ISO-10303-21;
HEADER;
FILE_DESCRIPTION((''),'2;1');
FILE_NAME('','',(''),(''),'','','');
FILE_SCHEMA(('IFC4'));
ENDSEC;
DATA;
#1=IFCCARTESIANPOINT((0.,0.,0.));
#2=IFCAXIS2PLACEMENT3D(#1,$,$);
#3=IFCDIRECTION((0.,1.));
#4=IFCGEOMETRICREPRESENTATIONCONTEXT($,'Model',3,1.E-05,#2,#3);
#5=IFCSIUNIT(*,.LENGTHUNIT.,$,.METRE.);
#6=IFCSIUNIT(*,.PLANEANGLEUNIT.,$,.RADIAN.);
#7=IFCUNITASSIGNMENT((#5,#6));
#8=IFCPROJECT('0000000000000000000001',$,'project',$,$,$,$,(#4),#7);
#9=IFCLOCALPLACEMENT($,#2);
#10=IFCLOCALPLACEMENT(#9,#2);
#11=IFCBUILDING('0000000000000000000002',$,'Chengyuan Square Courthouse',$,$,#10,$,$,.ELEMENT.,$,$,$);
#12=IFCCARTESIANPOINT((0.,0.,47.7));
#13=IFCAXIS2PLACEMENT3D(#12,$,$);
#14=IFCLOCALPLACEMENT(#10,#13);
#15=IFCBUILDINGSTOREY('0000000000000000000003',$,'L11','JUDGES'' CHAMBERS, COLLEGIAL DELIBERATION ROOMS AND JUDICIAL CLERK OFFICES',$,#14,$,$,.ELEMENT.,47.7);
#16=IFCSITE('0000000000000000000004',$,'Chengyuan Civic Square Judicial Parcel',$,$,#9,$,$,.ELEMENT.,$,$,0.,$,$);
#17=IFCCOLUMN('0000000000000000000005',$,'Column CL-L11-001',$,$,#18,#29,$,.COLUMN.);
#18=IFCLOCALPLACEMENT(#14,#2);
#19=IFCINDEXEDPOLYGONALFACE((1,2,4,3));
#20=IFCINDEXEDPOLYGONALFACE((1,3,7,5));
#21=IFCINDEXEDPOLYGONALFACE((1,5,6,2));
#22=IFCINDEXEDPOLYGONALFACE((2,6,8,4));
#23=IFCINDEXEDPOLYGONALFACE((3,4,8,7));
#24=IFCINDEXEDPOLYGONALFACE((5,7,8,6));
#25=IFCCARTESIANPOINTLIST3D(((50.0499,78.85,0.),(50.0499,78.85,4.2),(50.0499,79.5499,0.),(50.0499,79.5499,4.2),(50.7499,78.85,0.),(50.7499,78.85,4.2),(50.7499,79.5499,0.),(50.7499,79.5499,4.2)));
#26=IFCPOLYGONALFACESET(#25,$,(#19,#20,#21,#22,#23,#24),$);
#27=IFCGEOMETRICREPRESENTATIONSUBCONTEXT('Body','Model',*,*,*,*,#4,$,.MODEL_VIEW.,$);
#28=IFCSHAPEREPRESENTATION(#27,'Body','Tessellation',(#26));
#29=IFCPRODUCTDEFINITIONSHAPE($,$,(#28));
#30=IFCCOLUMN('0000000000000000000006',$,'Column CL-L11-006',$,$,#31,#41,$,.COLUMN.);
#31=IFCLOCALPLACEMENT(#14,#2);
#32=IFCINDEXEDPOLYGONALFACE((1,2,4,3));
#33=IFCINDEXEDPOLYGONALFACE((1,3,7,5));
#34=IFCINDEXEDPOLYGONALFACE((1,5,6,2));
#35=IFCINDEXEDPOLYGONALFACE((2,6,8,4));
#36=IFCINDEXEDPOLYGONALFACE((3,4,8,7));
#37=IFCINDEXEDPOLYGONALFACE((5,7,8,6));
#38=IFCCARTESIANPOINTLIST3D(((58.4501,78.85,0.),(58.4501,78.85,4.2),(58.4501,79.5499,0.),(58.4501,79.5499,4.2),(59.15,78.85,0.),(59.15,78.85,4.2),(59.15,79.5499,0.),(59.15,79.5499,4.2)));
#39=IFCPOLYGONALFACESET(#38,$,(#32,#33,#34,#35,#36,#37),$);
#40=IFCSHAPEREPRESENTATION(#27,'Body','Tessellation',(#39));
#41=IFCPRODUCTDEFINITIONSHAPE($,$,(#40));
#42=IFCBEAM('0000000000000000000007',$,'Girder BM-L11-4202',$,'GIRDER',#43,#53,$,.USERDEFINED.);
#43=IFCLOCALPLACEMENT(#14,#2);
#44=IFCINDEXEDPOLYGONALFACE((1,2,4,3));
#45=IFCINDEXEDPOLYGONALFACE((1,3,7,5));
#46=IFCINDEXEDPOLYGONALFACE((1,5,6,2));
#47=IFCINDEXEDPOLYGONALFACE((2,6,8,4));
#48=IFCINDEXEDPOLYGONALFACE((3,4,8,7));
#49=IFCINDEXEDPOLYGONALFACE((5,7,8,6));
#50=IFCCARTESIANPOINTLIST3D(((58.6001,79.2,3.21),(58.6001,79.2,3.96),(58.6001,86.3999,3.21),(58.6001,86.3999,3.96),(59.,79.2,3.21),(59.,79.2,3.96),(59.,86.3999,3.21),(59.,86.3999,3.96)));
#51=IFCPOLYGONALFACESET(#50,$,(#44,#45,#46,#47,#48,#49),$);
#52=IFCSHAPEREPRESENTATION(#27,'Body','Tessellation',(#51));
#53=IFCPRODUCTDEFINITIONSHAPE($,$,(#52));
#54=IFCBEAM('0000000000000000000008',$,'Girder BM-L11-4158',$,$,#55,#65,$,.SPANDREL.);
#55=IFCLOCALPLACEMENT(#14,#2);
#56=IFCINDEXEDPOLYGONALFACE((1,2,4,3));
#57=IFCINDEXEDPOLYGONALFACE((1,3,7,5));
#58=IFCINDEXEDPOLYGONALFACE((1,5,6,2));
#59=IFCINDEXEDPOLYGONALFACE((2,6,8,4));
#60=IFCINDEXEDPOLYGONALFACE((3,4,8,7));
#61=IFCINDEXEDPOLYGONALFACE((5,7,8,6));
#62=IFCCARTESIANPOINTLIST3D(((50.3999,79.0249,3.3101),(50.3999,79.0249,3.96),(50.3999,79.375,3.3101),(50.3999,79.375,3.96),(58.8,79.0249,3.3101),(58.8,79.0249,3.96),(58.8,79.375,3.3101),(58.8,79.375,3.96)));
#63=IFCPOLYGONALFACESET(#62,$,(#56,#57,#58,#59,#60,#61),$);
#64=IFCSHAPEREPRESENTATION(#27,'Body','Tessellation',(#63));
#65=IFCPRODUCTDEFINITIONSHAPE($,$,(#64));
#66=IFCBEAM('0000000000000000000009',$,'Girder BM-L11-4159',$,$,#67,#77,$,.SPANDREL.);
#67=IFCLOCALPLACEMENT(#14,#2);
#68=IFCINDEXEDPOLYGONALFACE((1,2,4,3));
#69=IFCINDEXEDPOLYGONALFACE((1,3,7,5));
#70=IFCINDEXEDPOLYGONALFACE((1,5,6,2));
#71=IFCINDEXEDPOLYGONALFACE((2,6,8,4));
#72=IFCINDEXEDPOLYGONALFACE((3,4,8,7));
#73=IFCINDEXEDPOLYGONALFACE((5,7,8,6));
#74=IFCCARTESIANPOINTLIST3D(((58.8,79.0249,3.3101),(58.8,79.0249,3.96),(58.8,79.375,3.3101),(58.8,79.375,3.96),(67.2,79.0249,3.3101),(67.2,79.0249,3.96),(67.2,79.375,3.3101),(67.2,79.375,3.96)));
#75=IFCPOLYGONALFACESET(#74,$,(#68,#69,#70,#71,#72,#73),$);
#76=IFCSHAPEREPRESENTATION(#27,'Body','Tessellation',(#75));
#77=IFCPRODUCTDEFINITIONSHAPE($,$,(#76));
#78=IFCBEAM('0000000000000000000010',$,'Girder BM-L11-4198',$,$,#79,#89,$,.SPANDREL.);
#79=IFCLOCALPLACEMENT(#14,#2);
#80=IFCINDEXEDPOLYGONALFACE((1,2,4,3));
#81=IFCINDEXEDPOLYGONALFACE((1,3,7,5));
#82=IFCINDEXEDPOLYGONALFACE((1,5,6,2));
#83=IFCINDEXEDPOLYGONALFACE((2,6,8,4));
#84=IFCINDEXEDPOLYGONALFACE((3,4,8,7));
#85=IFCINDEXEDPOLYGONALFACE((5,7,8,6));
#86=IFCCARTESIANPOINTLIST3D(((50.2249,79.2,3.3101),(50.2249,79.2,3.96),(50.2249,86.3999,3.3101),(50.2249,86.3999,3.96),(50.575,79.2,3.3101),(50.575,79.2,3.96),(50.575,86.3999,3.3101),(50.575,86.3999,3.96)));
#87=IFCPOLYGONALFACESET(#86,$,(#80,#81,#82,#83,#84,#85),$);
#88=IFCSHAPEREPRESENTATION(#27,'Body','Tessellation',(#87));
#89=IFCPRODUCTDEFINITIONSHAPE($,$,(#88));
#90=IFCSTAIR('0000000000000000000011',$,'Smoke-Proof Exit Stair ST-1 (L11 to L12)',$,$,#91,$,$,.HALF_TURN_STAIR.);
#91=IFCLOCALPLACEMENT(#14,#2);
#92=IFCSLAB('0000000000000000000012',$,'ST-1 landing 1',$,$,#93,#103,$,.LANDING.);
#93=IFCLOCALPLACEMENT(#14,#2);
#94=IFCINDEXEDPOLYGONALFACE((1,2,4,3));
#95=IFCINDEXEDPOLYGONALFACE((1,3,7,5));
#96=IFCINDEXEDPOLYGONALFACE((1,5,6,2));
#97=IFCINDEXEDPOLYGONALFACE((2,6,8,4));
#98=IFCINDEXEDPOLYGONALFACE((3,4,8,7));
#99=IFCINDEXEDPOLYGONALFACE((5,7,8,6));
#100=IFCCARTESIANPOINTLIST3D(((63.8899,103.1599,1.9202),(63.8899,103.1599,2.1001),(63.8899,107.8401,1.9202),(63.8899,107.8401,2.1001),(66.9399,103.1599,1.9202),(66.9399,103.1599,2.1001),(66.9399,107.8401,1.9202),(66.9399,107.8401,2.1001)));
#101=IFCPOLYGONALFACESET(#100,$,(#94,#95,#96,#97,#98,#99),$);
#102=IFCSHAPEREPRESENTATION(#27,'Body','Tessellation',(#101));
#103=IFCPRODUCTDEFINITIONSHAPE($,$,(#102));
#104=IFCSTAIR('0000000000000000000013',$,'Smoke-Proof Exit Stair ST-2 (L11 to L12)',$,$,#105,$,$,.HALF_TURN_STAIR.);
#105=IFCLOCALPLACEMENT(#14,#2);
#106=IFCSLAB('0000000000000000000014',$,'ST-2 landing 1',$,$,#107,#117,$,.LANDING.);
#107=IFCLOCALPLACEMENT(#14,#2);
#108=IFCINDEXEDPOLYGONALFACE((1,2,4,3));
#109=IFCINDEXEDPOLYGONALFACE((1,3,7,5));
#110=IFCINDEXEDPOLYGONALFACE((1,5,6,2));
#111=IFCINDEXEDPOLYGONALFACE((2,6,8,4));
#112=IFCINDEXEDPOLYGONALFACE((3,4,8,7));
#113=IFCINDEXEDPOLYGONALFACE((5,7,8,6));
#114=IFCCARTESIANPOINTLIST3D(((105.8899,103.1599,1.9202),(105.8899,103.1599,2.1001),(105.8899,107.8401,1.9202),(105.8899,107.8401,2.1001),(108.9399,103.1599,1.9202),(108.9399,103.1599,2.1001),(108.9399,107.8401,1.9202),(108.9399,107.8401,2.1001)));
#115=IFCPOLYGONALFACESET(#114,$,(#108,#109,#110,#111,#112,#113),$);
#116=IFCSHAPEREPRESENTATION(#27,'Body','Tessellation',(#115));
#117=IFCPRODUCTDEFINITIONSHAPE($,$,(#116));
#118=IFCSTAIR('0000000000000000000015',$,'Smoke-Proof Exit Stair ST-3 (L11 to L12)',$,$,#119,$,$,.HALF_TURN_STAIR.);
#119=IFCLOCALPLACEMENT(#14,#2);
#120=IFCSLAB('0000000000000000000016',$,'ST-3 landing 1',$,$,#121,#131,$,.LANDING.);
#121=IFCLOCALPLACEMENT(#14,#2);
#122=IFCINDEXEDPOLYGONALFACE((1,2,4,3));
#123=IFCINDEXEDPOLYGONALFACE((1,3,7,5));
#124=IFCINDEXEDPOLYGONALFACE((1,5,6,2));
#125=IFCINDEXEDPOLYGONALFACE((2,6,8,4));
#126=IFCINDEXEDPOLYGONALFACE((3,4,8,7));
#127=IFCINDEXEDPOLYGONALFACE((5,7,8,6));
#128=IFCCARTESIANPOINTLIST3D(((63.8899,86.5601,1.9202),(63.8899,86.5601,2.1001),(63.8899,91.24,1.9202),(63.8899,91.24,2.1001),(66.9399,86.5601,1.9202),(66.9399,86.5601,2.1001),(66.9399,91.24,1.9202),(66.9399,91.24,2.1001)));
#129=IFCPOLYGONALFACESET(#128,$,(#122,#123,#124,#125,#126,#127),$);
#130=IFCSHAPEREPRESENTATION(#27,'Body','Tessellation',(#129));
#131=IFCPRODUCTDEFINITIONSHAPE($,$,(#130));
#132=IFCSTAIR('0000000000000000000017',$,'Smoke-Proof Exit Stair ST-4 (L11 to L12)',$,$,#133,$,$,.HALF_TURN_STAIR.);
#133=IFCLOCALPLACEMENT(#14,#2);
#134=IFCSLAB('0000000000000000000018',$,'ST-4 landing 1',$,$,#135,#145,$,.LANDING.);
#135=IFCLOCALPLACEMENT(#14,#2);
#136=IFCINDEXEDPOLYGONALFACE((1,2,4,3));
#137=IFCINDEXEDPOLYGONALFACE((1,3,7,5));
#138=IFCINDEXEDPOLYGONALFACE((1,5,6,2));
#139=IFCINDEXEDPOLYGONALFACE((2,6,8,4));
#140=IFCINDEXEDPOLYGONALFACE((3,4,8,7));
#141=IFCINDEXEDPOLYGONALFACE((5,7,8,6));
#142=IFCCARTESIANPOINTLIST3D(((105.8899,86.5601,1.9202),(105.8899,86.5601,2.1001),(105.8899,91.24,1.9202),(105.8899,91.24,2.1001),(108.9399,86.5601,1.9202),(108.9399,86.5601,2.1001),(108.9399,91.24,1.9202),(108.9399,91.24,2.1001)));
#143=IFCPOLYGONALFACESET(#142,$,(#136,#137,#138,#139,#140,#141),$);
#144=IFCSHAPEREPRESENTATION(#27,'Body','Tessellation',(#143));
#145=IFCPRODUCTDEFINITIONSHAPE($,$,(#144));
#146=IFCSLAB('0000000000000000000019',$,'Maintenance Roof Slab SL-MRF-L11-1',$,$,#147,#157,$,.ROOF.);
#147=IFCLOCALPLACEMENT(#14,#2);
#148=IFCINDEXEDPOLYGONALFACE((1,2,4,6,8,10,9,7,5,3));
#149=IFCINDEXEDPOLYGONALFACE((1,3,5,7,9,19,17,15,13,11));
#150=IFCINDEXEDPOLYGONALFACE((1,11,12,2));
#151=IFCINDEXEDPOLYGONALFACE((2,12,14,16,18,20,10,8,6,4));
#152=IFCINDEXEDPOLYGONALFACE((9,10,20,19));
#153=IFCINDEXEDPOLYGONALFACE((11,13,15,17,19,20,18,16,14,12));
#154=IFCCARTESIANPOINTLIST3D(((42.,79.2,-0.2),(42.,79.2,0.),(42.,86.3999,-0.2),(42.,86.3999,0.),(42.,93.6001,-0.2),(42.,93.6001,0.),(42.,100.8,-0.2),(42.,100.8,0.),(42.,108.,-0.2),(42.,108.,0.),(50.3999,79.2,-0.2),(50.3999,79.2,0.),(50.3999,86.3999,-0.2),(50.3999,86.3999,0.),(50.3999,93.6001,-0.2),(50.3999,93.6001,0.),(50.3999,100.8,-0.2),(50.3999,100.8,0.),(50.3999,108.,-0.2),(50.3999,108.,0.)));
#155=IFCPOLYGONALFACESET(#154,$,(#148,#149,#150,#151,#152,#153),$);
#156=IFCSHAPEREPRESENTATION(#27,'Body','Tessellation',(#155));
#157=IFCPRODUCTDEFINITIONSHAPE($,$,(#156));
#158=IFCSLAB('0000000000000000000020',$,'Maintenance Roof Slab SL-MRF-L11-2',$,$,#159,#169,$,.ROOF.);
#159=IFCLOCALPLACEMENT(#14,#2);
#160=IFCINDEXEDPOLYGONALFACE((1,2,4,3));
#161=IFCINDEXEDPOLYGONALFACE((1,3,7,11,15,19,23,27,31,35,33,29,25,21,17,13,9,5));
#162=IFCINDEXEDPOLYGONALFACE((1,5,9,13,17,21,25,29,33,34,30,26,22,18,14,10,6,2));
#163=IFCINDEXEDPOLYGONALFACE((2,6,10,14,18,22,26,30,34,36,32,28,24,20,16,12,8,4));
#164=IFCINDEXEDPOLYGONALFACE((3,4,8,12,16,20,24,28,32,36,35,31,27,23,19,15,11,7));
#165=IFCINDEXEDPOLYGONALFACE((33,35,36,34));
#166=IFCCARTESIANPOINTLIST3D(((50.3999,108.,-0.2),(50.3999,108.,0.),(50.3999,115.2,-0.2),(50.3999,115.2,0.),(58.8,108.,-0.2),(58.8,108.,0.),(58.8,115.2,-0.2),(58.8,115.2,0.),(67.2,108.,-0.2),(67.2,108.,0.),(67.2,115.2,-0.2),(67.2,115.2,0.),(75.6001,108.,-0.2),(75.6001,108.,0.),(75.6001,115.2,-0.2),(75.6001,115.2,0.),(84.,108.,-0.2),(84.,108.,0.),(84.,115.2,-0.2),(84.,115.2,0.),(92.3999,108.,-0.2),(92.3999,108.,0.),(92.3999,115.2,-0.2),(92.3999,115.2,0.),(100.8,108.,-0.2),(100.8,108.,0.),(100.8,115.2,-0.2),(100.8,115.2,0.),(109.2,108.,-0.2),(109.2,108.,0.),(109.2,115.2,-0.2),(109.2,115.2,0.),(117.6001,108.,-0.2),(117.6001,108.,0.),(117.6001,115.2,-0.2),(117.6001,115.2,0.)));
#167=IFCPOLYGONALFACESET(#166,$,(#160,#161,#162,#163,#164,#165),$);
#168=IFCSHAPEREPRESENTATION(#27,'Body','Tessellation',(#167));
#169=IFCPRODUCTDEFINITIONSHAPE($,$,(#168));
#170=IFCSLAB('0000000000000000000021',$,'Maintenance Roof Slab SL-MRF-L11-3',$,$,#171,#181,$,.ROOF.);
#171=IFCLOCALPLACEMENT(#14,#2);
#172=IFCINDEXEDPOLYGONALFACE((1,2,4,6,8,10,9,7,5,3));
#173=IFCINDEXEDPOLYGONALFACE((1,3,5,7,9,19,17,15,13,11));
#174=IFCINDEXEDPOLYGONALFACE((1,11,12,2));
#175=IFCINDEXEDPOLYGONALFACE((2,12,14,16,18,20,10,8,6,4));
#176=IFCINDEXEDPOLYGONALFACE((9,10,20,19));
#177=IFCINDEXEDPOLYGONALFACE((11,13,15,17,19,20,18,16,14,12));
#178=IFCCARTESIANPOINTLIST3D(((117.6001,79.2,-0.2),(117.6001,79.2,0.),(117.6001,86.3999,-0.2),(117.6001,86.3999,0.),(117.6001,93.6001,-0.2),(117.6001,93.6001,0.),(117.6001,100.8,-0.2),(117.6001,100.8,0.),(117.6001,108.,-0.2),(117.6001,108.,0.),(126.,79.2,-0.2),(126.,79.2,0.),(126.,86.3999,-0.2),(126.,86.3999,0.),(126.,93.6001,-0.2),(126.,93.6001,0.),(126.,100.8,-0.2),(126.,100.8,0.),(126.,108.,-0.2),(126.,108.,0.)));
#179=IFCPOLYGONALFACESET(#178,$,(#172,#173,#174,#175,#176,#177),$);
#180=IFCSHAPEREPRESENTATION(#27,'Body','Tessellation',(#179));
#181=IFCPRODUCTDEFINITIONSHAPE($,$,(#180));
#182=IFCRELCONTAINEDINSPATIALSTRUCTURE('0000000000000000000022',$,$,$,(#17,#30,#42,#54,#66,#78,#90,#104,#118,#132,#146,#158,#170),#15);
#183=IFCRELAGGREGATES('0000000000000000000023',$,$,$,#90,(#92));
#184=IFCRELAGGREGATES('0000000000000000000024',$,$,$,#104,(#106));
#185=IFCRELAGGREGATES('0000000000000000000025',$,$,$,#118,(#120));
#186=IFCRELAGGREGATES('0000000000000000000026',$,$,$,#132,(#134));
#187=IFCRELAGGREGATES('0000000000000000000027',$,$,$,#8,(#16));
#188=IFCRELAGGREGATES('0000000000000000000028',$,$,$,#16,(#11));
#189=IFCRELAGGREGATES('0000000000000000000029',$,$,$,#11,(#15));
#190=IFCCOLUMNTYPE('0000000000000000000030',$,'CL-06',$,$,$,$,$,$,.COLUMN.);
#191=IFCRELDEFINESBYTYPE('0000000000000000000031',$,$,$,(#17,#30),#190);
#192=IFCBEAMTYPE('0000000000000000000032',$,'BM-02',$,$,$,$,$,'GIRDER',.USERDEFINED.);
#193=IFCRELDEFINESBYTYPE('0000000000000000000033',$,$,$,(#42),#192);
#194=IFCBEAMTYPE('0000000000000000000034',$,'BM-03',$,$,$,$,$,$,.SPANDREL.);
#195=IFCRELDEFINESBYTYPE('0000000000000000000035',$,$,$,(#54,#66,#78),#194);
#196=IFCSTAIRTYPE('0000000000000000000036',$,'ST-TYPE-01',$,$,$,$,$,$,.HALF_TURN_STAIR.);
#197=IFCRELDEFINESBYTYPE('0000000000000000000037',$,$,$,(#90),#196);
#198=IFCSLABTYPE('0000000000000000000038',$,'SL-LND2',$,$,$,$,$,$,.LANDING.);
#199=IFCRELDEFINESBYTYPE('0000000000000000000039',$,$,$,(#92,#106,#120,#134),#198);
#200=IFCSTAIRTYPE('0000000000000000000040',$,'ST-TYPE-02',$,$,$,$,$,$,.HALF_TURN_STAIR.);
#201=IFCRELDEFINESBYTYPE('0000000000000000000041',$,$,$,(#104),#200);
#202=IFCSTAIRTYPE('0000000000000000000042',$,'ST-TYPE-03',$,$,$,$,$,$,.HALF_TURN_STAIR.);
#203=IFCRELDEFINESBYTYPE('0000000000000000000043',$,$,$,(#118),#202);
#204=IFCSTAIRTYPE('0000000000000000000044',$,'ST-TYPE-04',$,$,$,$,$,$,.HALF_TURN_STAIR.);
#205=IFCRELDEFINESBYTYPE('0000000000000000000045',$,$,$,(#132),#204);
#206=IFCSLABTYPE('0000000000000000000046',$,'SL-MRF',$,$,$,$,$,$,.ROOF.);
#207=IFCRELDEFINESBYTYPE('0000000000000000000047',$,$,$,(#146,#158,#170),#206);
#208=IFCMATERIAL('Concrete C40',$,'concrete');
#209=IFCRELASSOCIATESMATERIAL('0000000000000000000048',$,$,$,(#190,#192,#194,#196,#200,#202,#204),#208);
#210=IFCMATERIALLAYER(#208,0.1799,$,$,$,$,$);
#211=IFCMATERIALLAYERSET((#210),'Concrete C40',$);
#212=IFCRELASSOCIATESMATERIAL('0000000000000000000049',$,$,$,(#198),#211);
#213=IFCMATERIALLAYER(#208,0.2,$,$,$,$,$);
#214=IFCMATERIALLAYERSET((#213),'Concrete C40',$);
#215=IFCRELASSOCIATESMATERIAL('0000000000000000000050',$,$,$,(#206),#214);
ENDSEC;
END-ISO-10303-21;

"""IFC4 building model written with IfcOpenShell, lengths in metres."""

from ifc_helpers import new_model, si_unit, direction, frame, origin, origin_2d, place, context, subcontext, project, spatial, polyline, rectangle, outline, extrude, material, layer, layer_set, material_profile, profile_set, type_object, element, aggregate, save


model = new_model("IFC4")

# Units and contexts
model_context = context("Model", 3, precision=1e-05, world=origin(), true_north=direction((0.0, 1.0)))
body_context = subcontext(model_context, "Body", "Model", "MODEL_VIEW")
ifc_project = project(units=[si_unit("LENGTHUNIT", "METRE"), si_unit("PLANEANGLEUNIT", "RADIAN")], contexts=[model_context])

# Site, building, storey
site_placement = place(None, origin())
site = spatial("IfcSite", under=ifc_project, at=site_placement, Name="Chengyuan Civic Square Judicial Parcel", CompositionType="ELEMENT", RefElevation=0.0)
building_placement = place(site_placement, origin())
building = spatial("IfcBuilding", under=site, at=building_placement, Name="Chengyuan Square Courthouse", CompositionType="ELEMENT")
storey_placement = place(building_placement, frame((0.0, 0.0, 47.7)))
storey = spatial("IfcBuildingStorey", under=building, at=storey_placement, Name="L11", Description="JUDGES' CHAMBERS, COLLEGIAL DELIBERATION ROOMS AND JUDICIAL CLERK OFFICES", CompositionType="ELEMENT", Elevation=47.7)

# Columns
ifc_material_1 = material(Name="Concrete C40", Category="concrete")
ifc_material_profile_1 = material_profile(ifc_material_1, rectangle(XDim=0.7, YDim=0.7, at=origin_2d()), Name="RC-COL-700x700")
ifc_profile_set_1 = profile_set([ifc_material_profile_1], Name="Concrete C40")
column_type = type_object("IfcColumnType", Name="CL-06", PredefinedType="COLUMN", material=ifc_profile_set_1)
for number, where, z_axis, x_axis, name in (
    (1, (50.3999, 79.2, 0.0), (0.0, 0.0, 1.0), (1.0, 0.0, 0.0), "Column CL-L11-001"),
    (2, (58.8, 79.2, 0.0), (0.0, 0.0, 1.0), (1.0, 0.0, 0.0), "Column CL-L11-006"),
):
    element("IfcColumn", number, at=place(storey_placement, frame(where, z_axis=z_axis, x_axis=x_axis)), inside=storey, type_object=column_type, Name=name, PredefinedType="COLUMN", context=body_context, shape_type="SweptSolid", body=[
        extrude(rectangle(XDim=0.7, YDim=0.7, at=origin_2d()), origin(), (0.0, 0.0, 1.0), 4.2),
    ])

# Beams
ifc_material_profile_2 = material_profile(ifc_material_1, rectangle(XDim=0.3999, YDim=0.75, at=origin_2d()), Name="RC-BM-400x750")
ifc_profile_set_2 = profile_set([ifc_material_profile_2], Name="Concrete C40")
beam_type_1 = type_object("IfcBeamType", Name="BM-02", ElementType="GIRDER", PredefinedType="USERDEFINED", material=ifc_profile_set_2)
beam_1_placement = place(storey_placement, frame((58.8, 79.2, 3.585), z_axis=(0.0, 1.0, 0.0), x_axis=(-1.0, 0.0, 0.0)))
element("IfcBeam", 3, at=beam_1_placement, inside=storey, type_object=beam_type_1, Name="Girder BM-L11-4202", ObjectType="GIRDER", PredefinedType="USERDEFINED", context=body_context, shape_type="SweptSolid", body=[
    extrude(rectangle(XDim=0.3999, YDim=0.75, at=origin_2d()), origin(), (0.0, 0.0, 1.0), 7.2),
])
ifc_material_profile_3 = material_profile(ifc_material_1, rectangle(XDim=0.3501, YDim=0.6499, at=origin_2d()), Name="RC-BM-350x650")
ifc_profile_set_3 = profile_set([ifc_material_profile_3], Name="Concrete C40")
beam_type_2 = type_object("IfcBeamType", Name="BM-03", PredefinedType="SPANDREL", material=ifc_profile_set_3)
beam_2_placement = place(storey_placement, frame((50.3999, 79.2, 3.635), z_axis=(1.0, 0.0, 0.0), x_axis=(0.0, 1.0, 0.0)))
element("IfcBeam", 4, at=beam_2_placement, inside=storey, type_object=beam_type_2, Name="Girder BM-L11-4158", PredefinedType="SPANDREL", context=body_context, shape_type="SweptSolid", body=[
    extrude(rectangle(XDim=0.3501, YDim=0.6499, at=origin_2d()), origin(), (0.0, 0.0, 1.0), 8.4001),
])
beam_3_placement = place(storey_placement, frame((58.8, 79.2, 3.635), z_axis=(1.0, 0.0, 0.0), x_axis=(0.0, 1.0, 0.0)))
element("IfcBeam", 5, at=beam_3_placement, inside=storey, type_object=beam_type_2, Name="Girder BM-L11-4159", PredefinedType="SPANDREL", context=body_context, shape_type="SweptSolid", body=[
    extrude(rectangle(XDim=0.3501, YDim=0.6499, at=origin_2d()), origin(), (0.0, 0.0, 1.0), 8.3999),
])
beam_4_placement = place(storey_placement, frame((50.3999, 79.2, 3.635), z_axis=(0.0, 1.0, 0.0), x_axis=(-1.0, 0.0, 0.0)))
element("IfcBeam", 6, at=beam_4_placement, inside=storey, type_object=beam_type_2, Name="Girder BM-L11-4198", PredefinedType="SPANDREL", context=body_context, shape_type="SweptSolid", body=[
    extrude(rectangle(XDim=0.3501, YDim=0.6499, at=origin_2d()), origin(), (0.0, 0.0, 1.0), 7.2),
])

# Stairs, slabs
stair_type_1 = type_object("IfcStairType", Name="ST-TYPE-01", PredefinedType="HALF_TURN_STAIR", material=ifc_material_1)
stair_1_placement = place(storey_placement, origin())
stair_1 = element("IfcStair", 7, at=stair_1_placement, inside=storey, type_object=stair_type_1, Name="Smoke-Proof Exit Stair ST-1 (L11 to L12)", PredefinedType="HALF_TURN_STAIR")
ifc_layer_1 = layer(ifc_material_1, 0.1799)
ifc_layer_set_1 = layer_set([ifc_layer_1], Name="Concrete C40")
slab_type_1 = type_object("IfcSlabType", Name="SL-LND2", PredefinedType="LANDING", material=ifc_layer_set_1)
slab_1_placement = place(storey_placement, frame((0.0, 0.0, 1.9202)))
slab_1 = element("IfcSlab", 8, at=slab_1_placement, type_object=slab_type_1, Name="ST-1 landing 1", PredefinedType="LANDING", context=body_context, shape_type="SweptSolid", body=[
    extrude(outline(polyline([(63.8899, 103.1599), (66.9399, 103.1599), (66.9399, 107.8401), (63.8899, 107.8401), (63.8899, 103.1599)])), origin(), (0.0, 0.0, 1.0), 0.1799),
])
aggregate(stair_1, [slab_1])
stair_type_2 = type_object("IfcStairType", Name="ST-TYPE-02", PredefinedType="HALF_TURN_STAIR", material=ifc_material_1)
stair_2_placement = place(storey_placement, origin())
stair_2 = element("IfcStair", 9, at=stair_2_placement, inside=storey, type_object=stair_type_2, Name="Smoke-Proof Exit Stair ST-2 (L11 to L12)", PredefinedType="HALF_TURN_STAIR")
slab_2_placement = place(storey_placement, frame((0.0, 0.0, 1.9202)))
slab_2 = element("IfcSlab", 10, at=slab_2_placement, type_object=slab_type_1, Name="ST-2 landing 1", PredefinedType="LANDING", context=body_context, shape_type="SweptSolid", body=[
    extrude(outline(polyline([(105.8899, 103.1599), (108.9399, 103.1599), (108.9399, 107.8401), (105.8899, 107.8401), (105.8899, 103.1599)])), origin(), (0.0, 0.0, 1.0), 0.1799),
])
aggregate(stair_2, [slab_2])
stair_type_3 = type_object("IfcStairType", Name="ST-TYPE-03", PredefinedType="HALF_TURN_STAIR", material=ifc_material_1)
stair_3_placement = place(storey_placement, origin())
stair_3 = element("IfcStair", 11, at=stair_3_placement, inside=storey, type_object=stair_type_3, Name="Smoke-Proof Exit Stair ST-3 (L11 to L12)", PredefinedType="HALF_TURN_STAIR")
slab_3_placement = place(storey_placement, frame((0.0, 0.0, 1.9202)))
slab_3 = element("IfcSlab", 12, at=slab_3_placement, type_object=slab_type_1, Name="ST-3 landing 1", PredefinedType="LANDING", context=body_context, shape_type="SweptSolid", body=[
    extrude(outline(polyline([(63.8899, 86.5601), (66.9399, 86.5601), (66.9399, 91.24), (63.8899, 91.24), (63.8899, 86.5601)])), origin(), (0.0, 0.0, 1.0), 0.1799),
])
aggregate(stair_3, [slab_3])
stair_type_4 = type_object("IfcStairType", Name="ST-TYPE-04", PredefinedType="HALF_TURN_STAIR", material=ifc_material_1)
stair_4_placement = place(storey_placement, origin())
stair_4 = element("IfcStair", 13, at=stair_4_placement, inside=storey, type_object=stair_type_4, Name="Smoke-Proof Exit Stair ST-4 (L11 to L12)", PredefinedType="HALF_TURN_STAIR")
slab_4_placement = place(storey_placement, frame((0.0, 0.0, 1.9202)))
slab_4 = element("IfcSlab", 14, at=slab_4_placement, type_object=slab_type_1, Name="ST-4 landing 1", PredefinedType="LANDING", context=body_context, shape_type="SweptSolid", body=[
    extrude(outline(polyline([(105.8899, 86.5601), (108.9399, 86.5601), (108.9399, 91.24), (105.8899, 91.24), (105.8899, 86.5601)])), origin(), (0.0, 0.0, 1.0), 0.1799),
])
aggregate(stair_4, [slab_4])

# Slabs
ifc_layer_2 = layer(ifc_material_1, 0.2)
ifc_layer_set_2 = layer_set([ifc_layer_2], Name="Concrete C40")
slab_type_2 = type_object("IfcSlabType", Name="SL-MRF", PredefinedType="ROOF", material=ifc_layer_set_2)
slab_5_placement = place(storey_placement, frame((0.0, 0.0, -0.2)))
element("IfcSlab", 15, at=slab_5_placement, inside=storey, type_object=slab_type_2, Name="Maintenance Roof Slab SL-MRF-L11-1", PredefinedType="ROOF", context=body_context, shape_type="SweptSolid", body=[
    extrude(outline(polyline([(42.0, 79.2), (42.0, 86.3999), (42.0, 93.6001), (42.0, 100.8), (42.0, 108.0), (50.3999, 108.0), (50.3999, 100.8), (50.3999, 93.6001), (50.3999, 86.3999), (50.3999, 79.2), (42.0, 79.2)])), origin(), (0.0, 0.0, 1.0), 0.2),
])
slab_6_placement = place(storey_placement, frame((0.0, 0.0, -0.2)))
element("IfcSlab", 16, at=slab_6_placement, inside=storey, type_object=slab_type_2, Name="Maintenance Roof Slab SL-MRF-L11-2", PredefinedType="ROOF", context=body_context, shape_type="SweptSolid", body=[
    extrude(outline(polyline([(58.8, 115.2), (67.2, 115.2), (75.6001, 115.2), (84.0, 115.2), (92.3999, 115.2), (100.8, 115.2), (109.2, 115.2), (117.6001, 115.2), (117.6001, 108.0), (109.2, 108.0), (100.8, 108.0), (92.3999, 108.0), (84.0, 108.0), (75.6001, 108.0), (67.2, 108.0), (58.8, 108.0), (50.3999, 108.0), (50.3999, 115.2), (58.8, 115.2)])), origin(), (0.0, 0.0, 1.0), 0.2),
])
slab_7_placement = place(storey_placement, frame((0.0, 0.0, -0.2)))
element("IfcSlab", 17, at=slab_7_placement, inside=storey, type_object=slab_type_2, Name="Maintenance Roof Slab SL-MRF-L11-3", PredefinedType="ROOF", context=body_context, shape_type="SweptSolid", body=[
    extrude(outline(polyline([(117.6001, 79.2), (117.6001, 86.3999), (117.6001, 93.6001), (117.6001, 100.8), (117.6001, 108.0), (126.0, 108.0), (126.0, 100.8), (126.0, 93.6001), (126.0, 86.3999), (126.0, 79.2), (117.6001, 79.2)])), origin(), (0.0, 0.0, 1.0), 0.2),
])

save(model, "model.ifc")
